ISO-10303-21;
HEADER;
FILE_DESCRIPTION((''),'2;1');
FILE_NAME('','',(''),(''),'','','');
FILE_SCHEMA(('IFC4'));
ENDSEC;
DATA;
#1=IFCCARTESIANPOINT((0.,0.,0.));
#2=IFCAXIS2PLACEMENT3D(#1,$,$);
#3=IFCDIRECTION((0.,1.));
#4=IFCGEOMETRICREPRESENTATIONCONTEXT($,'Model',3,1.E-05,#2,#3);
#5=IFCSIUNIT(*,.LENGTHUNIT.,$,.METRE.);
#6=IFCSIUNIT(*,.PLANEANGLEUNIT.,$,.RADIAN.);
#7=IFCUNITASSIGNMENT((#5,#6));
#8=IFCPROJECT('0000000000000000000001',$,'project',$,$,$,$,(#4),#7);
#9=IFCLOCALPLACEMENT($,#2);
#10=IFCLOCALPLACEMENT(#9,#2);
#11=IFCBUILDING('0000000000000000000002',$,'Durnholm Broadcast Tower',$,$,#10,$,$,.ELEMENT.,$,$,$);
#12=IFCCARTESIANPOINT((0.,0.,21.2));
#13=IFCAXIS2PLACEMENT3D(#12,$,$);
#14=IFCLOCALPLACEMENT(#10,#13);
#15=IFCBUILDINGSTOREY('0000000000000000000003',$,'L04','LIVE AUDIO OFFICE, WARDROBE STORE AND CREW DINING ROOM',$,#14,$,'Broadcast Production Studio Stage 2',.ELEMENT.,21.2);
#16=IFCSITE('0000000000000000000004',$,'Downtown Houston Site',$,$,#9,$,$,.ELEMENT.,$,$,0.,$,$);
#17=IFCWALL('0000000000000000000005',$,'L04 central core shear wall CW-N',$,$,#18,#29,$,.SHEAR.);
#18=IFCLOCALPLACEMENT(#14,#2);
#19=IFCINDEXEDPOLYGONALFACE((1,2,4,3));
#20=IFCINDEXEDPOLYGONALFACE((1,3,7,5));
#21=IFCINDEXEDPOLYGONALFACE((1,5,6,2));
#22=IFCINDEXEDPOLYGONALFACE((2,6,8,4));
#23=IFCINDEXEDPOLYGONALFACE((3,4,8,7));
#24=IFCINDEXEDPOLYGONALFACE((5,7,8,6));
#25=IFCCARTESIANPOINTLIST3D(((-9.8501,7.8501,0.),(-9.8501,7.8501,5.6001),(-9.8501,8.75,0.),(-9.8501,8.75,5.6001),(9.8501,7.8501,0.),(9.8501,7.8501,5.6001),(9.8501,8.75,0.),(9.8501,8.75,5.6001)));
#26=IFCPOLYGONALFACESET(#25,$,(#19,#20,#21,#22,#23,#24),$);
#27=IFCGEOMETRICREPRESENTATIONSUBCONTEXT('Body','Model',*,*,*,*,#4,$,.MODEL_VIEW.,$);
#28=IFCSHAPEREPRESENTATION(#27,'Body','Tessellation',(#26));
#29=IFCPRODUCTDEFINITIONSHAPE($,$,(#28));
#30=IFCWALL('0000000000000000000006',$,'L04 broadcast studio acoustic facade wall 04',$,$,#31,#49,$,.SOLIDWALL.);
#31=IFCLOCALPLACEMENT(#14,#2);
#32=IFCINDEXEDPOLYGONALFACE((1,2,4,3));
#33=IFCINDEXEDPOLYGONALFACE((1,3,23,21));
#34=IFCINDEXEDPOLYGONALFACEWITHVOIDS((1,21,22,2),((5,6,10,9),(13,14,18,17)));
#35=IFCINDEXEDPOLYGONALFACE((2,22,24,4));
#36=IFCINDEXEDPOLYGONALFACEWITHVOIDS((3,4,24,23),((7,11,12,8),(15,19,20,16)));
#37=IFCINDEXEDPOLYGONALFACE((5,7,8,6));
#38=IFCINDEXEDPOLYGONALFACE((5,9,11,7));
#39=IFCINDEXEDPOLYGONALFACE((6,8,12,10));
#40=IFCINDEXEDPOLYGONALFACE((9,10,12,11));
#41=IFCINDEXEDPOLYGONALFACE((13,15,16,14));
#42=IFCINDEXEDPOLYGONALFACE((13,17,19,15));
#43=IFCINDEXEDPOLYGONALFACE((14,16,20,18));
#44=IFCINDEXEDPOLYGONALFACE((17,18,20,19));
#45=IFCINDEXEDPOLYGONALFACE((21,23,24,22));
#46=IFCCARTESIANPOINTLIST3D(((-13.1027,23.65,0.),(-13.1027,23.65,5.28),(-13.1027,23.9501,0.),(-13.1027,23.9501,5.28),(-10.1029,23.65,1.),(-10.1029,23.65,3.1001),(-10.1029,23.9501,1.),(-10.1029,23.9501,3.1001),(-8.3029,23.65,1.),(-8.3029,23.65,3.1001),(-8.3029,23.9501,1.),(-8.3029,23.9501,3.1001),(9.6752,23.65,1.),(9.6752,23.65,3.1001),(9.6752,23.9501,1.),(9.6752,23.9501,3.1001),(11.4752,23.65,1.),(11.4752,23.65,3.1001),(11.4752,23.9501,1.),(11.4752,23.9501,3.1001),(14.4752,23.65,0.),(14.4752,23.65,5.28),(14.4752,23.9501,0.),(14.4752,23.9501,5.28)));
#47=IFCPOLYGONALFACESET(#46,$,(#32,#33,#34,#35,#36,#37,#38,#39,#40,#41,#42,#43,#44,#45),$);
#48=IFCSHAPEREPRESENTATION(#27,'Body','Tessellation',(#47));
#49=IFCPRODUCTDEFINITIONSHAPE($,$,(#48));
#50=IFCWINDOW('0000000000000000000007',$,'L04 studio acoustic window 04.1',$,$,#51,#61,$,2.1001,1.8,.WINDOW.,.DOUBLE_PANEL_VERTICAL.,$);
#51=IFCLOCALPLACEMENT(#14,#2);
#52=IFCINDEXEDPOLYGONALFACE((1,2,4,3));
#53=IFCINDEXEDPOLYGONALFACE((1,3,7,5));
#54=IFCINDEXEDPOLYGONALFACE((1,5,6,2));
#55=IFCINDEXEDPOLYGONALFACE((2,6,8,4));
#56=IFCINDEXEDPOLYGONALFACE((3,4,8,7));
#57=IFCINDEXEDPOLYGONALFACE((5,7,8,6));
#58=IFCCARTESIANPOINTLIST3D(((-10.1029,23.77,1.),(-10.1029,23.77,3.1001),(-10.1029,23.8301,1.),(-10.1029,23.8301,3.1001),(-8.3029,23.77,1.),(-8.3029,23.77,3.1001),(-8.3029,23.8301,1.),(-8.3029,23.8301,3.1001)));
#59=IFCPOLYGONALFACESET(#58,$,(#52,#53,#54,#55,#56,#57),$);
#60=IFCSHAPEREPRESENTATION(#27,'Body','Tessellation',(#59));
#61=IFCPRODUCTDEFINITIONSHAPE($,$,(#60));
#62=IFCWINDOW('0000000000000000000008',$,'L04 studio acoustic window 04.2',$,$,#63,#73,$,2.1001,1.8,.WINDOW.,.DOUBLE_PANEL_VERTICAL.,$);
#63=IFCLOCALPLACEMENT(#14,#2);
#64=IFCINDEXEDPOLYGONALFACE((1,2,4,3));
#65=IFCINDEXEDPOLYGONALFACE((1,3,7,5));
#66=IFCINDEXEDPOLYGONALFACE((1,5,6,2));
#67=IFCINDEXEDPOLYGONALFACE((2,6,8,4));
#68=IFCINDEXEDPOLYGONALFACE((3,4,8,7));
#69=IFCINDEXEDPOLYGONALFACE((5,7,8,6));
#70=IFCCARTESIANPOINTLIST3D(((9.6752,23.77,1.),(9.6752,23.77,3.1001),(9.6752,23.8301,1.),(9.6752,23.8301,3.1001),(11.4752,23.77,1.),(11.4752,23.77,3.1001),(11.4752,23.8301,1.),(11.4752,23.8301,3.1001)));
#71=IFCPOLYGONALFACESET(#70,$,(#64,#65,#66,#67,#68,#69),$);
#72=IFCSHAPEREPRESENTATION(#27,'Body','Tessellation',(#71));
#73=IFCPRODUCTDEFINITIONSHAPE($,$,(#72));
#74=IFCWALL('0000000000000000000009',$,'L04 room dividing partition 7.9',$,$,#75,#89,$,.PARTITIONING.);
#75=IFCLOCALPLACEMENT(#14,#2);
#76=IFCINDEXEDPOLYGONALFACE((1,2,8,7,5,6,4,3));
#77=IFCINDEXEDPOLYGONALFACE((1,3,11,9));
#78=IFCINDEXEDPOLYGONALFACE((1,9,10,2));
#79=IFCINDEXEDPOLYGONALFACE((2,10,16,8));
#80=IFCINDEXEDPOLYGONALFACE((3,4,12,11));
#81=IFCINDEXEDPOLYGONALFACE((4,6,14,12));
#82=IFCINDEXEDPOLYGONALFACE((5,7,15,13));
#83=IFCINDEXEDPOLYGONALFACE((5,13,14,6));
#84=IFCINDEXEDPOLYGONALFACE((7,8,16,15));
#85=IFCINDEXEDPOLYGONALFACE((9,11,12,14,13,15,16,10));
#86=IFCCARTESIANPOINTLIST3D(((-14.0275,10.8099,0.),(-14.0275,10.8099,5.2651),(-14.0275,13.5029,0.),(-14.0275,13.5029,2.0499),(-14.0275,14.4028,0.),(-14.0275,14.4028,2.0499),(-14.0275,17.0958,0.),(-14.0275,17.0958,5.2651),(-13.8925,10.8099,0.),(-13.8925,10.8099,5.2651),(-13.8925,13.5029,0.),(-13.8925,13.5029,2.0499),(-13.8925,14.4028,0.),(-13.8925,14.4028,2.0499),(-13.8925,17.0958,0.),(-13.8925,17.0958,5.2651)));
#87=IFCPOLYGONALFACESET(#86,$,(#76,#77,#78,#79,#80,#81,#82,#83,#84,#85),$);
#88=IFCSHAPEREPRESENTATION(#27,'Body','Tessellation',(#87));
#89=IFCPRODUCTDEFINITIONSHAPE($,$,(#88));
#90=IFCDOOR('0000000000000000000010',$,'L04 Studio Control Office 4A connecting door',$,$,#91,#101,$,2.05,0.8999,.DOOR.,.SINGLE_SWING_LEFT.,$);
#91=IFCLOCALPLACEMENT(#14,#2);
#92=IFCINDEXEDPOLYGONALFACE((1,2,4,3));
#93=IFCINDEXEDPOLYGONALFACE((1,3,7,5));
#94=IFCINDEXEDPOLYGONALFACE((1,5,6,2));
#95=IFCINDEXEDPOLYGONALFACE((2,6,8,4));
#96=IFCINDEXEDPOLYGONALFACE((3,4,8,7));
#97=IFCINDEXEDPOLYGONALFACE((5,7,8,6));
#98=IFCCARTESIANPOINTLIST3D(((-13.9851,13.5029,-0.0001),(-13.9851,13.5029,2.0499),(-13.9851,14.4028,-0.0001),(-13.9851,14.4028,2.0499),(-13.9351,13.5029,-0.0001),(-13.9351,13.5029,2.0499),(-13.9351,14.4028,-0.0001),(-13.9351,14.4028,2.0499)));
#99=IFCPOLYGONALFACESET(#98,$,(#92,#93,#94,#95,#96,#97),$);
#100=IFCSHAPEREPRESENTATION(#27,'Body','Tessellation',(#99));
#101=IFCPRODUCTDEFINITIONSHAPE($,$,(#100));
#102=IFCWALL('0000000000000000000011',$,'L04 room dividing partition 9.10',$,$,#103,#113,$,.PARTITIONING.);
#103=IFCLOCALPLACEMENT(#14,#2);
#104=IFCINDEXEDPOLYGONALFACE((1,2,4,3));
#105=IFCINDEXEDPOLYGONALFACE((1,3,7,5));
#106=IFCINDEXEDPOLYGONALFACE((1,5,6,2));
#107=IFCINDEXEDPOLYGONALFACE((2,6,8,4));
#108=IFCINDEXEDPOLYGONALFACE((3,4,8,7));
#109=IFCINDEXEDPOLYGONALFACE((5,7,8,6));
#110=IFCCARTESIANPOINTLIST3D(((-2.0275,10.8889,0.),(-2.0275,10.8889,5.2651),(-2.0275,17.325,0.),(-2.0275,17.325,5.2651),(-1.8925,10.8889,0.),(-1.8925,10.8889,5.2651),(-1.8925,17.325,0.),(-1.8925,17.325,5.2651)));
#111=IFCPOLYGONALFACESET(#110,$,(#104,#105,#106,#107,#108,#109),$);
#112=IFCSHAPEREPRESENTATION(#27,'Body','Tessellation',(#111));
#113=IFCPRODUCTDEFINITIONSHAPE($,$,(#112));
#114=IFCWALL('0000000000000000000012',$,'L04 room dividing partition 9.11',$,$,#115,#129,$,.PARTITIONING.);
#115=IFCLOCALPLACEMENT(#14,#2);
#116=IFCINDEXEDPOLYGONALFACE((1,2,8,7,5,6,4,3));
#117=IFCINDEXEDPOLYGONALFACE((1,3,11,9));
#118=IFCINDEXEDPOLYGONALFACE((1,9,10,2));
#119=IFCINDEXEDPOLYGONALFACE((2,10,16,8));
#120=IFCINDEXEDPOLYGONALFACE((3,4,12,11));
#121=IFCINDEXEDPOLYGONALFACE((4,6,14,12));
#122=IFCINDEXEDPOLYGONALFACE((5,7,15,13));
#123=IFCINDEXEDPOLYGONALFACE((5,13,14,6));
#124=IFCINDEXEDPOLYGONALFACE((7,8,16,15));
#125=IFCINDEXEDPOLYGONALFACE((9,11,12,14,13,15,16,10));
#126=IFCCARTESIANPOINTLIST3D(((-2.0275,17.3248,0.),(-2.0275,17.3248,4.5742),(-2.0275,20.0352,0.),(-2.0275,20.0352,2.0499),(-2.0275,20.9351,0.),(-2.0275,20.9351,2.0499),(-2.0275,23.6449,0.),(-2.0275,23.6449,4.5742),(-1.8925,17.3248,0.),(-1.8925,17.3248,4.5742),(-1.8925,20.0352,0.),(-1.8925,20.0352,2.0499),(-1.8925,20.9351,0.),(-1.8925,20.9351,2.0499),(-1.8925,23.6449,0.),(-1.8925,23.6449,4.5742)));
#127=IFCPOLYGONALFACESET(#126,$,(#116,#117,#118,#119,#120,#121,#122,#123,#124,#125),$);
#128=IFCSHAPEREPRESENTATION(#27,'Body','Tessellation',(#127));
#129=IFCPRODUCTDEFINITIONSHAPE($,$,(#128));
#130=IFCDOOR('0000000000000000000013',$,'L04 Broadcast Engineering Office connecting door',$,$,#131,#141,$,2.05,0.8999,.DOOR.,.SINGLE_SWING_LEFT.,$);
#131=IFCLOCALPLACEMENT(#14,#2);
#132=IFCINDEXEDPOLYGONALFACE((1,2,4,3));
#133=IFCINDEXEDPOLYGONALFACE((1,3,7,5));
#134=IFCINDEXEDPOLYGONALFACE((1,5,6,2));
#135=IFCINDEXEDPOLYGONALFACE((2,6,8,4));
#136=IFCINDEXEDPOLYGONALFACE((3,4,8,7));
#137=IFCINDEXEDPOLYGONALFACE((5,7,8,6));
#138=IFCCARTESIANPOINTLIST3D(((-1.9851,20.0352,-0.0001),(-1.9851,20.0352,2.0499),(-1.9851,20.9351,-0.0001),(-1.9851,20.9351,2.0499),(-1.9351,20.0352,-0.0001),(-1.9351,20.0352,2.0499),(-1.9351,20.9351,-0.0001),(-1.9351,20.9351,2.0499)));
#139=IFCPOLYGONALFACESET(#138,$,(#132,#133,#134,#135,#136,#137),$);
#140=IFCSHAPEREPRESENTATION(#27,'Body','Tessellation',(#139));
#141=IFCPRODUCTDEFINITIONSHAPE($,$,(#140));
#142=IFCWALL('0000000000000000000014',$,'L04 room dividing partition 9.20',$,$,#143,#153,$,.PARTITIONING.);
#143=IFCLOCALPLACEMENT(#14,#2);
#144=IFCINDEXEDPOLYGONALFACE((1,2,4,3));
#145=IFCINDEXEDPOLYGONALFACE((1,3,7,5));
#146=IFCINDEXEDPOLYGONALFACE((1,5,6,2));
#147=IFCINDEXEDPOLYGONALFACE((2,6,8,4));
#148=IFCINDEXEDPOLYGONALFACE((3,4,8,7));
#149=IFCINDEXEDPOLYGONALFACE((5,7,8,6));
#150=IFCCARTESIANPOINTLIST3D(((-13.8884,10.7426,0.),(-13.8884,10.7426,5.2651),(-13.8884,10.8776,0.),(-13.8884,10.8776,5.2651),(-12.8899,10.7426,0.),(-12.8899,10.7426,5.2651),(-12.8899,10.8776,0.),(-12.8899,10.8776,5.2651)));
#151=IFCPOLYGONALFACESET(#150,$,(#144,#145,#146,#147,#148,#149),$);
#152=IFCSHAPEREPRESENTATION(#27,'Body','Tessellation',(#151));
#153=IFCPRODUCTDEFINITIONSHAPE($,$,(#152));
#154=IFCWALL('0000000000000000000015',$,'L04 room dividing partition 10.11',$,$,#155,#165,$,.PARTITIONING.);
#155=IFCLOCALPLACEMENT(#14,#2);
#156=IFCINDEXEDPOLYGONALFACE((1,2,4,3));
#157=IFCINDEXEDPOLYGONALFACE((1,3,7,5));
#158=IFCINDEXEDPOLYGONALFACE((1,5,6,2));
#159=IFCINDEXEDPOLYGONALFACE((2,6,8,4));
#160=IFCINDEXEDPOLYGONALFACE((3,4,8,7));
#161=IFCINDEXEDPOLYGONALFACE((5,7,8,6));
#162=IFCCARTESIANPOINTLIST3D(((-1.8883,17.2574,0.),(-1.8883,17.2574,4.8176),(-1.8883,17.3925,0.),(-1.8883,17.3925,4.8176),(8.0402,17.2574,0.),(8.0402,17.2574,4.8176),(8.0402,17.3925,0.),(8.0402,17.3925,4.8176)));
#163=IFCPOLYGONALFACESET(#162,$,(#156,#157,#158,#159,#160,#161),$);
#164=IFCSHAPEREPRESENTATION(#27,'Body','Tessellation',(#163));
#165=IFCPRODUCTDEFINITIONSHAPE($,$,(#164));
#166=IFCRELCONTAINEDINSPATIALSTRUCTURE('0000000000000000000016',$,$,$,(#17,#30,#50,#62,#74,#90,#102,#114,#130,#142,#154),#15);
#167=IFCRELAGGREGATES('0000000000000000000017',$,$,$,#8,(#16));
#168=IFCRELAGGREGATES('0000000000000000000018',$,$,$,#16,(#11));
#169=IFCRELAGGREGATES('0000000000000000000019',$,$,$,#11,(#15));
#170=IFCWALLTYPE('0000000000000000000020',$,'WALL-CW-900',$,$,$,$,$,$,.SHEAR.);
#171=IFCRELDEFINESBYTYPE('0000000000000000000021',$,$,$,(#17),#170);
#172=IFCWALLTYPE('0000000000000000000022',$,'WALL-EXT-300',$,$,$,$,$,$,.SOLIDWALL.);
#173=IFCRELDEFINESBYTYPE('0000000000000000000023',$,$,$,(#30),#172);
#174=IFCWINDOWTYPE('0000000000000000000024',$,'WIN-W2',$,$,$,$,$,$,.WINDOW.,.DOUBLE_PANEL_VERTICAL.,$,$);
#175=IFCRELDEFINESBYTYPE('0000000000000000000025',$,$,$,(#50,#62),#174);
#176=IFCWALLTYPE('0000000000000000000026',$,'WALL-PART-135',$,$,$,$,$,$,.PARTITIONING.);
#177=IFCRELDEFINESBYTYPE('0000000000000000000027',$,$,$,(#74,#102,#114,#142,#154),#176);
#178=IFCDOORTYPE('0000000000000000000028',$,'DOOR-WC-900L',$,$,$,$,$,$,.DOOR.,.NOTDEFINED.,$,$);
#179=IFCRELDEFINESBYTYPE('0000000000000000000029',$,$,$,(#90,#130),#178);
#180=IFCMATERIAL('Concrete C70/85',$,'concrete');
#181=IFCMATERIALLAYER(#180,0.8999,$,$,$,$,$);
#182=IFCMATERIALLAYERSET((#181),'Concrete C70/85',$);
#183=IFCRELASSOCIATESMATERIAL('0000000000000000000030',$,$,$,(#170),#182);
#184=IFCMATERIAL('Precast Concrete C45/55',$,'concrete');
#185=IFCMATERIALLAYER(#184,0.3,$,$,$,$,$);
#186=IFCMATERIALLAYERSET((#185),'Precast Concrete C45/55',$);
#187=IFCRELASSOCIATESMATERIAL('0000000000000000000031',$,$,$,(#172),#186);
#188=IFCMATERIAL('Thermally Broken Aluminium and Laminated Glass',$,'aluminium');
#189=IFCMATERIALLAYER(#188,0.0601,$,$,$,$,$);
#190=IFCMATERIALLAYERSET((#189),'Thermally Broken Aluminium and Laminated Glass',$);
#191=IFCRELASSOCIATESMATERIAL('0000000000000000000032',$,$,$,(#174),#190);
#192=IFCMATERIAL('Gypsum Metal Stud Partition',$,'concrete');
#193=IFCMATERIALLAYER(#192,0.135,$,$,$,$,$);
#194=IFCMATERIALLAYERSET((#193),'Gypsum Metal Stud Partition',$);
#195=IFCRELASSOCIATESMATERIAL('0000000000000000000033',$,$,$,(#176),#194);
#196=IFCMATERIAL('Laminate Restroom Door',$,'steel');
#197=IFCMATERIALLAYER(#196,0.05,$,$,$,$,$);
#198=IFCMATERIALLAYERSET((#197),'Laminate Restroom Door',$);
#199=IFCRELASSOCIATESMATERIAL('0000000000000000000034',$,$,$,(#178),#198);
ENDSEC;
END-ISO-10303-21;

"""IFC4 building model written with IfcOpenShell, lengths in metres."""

from ifc_helpers import new_model, si_unit, direction, frame, frame_2d, origin, place, context, subcontext, project, spatial, rectangle, extrude, source, transform, mapped, material, layer, layer_set, type_object, type_shapes, element, fill, save


model = new_model("IFC4")

# Units and contexts
model_context = context("Model", 3, precision=1e-05, world=origin(), true_north=direction((0.0, 1.0)))
body_context = subcontext(model_context, "Body", "Model", "MODEL_VIEW")
ifc_project = project(units=[si_unit("LENGTHUNIT", "METRE"), si_unit("PLANEANGLEUNIT", "RADIAN")], contexts=[model_context])

# Site, building, storey
site_placement = place(None, origin())
site = spatial("IfcSite", under=ifc_project, at=site_placement, Name="Downtown Houston Site", CompositionType="ELEMENT", RefElevation=0.0)
building_placement = place(site_placement, origin())
building = spatial("IfcBuilding", under=site, at=building_placement, Name="Durnholm Broadcast Tower", CompositionType="ELEMENT")
storey_placement = place(building_placement, frame((0.0, 0.0, 21.2)))
storey = spatial("IfcBuildingStorey", under=building, at=storey_placement, Name="L04", Description="LIVE AUDIO OFFICE, WARDROBE STORE AND CREW DINING ROOM", LongName="Broadcast Production Studio Stage 2", CompositionType="ELEMENT", Elevation=21.2)

# Wall
ifc_material_1 = material(Name="Concrete C70/85", Category="concrete")
ifc_layer_1 = layer(ifc_material_1, 0.8999)
ifc_layer_set_1 = layer_set([ifc_layer_1], Name="Concrete C70/85")
wall_type_1 = type_object("IfcWallType", Name="WALL-CW-900", PredefinedType="SHEAR", material=ifc_layer_set_1)
wall_1_placement = place(storey_placement, frame((-9.8501, 8.3, 0.0), z_axis=(0.0, 0.0, 1.0), x_axis=(1.0, 0.0, 0.0)))
element("IfcWall", 1, at=wall_1_placement, inside=storey, type_object=wall_type_1, Name="L04 central core shear wall CW-N", PredefinedType="SHEAR", context=body_context, shape_type="SweptSolid", body=[
    extrude(rectangle(XDim=19.7002, YDim=0.8999, at=frame_2d((9.8501, 0.0))), origin(), (0.0, 0.0, 1.0), 5.6001),
])

# Wall, openings, windows
ifc_material_2 = material(Name="Precast Concrete C45/55", Category="concrete")
ifc_layer_2 = layer(ifc_material_2, 0.3)
ifc_layer_set_2 = layer_set([ifc_layer_2], Name="Precast Concrete C45/55")
wall_type_2 = type_object("IfcWallType", Name="WALL-EXT-300", PredefinedType="SOLIDWALL", material=ifc_layer_set_2)
wall_2_placement = place(storey_placement, frame((-13.1028, 23.8, 0.0), z_axis=(0.0, 0.0, 1.0), x_axis=(1.0, 0.0, 0.0)))
wall_2 = element("IfcWall", 2, at=wall_2_placement, inside=storey, type_object=wall_type_2, Name="L04 broadcast studio acoustic facade wall 04", PredefinedType="SOLIDWALL", context=body_context, shape_type="SweptSolid", body=[
    extrude(rectangle(XDim=27.5779, YDim=0.3, at=frame_2d((13.7891, 0.0))), origin(), (0.0, 0.0, 1.0), 5.28),
])
opening_1_placement = place(wall_2_placement, frame((3.0, 0.0, 1.0)))
opening_1 = element("IfcOpeningElement", 3, at=opening_1_placement, cuts=wall_2, PredefinedType="OPENING", context=body_context, shape_type="SweptSolid", body=[
    extrude(rectangle(XDim=1.8, YDim=2.1001, at=frame_2d((0.8999, 1.05))), frame((0.0, 0.1602, 0.0), z_axis=(0.0, -1.0, 0.0), x_axis=(1.0, 0.0, 0.0)), (0.0, 0.0, 1.0), 0.3201),
])
opening_2_placement = place(wall_2_placement, frame((22.7781, 0.0, 1.0)))
opening_2 = element("IfcOpeningElement", 4, at=opening_2_placement, cuts=wall_2, PredefinedType="OPENING", context=body_context, shape_type="SweptSolid", body=[
    extrude(rectangle(XDim=1.8, YDim=2.1001, at=frame_2d((0.8999, 1.05))), frame((0.0, 0.1602, 0.0), z_axis=(0.0, -1.0, 0.0), x_axis=(1.0, 0.0, 0.0)), (0.0, 0.0, 1.0), 0.3201),
])
ifc_material_3 = material(Name="Thermally Broken Aluminium and Laminated Glass", Category="aluminium")
ifc_layer_3 = layer(ifc_material_3, 0.0601)
ifc_layer_set_3 = layer_set([ifc_layer_3], Name="Thermally Broken Aluminium and Laminated Glass")
window_type = type_object("IfcWindowType", Name="WIN-W2", PartitioningType="DOUBLE_PANEL_VERTICAL", PredefinedType="WINDOW", material=ifc_layer_set_3)
shared_shape_1 = source(origin(), body_context, "Body", "SweptSolid", [
    extrude(rectangle(XDim=1.8, YDim=2.1001, at=frame_2d((0.8999, 1.05))), frame((0.0, 0.03, 0.0), z_axis=(0.0, -1.0, 0.0), x_axis=(1.0, 0.0, 0.0)), (0.0, 0.0, 1.0), 0.0601),
])
type_shapes(window_type, [shared_shape_1])
window_1_placement = place(opening_1_placement, origin())
window_1 = element("IfcWindow", 5, at=window_1_placement, inside=storey, type_object=window_type, Name="L04 studio acoustic window 04.1", OverallHeight=2.1001, OverallWidth=1.8, PartitioningType="DOUBLE_PANEL_VERTICAL", PredefinedType="WINDOW", context=body_context, shape_type="MappedRepresentation", body=[
    mapped(shared_shape_1, transform((0.0, 0.0, 0.0), x_axis=(1.0, 0.0, 0.0), y_axis=(0.0, 1.0, 0.0), z_axis=(0.0, 0.0, 1.0), scale=1.0)),
])
fill(opening_1, window_1)
window_2_placement = place(opening_2_placement, origin())
window_2 = element("IfcWindow", 6, at=window_2_placement, inside=storey, type_object=window_type, Name="L04 studio acoustic window 04.2", OverallHeight=2.1001, OverallWidth=1.8, PartitioningType="DOUBLE_PANEL_VERTICAL", PredefinedType="WINDOW", context=body_context, shape_type="MappedRepresentation", body=[
    mapped(shared_shape_1, transform((0.0, 0.0, 0.0), x_axis=(1.0, 0.0, 0.0), y_axis=(0.0, 1.0, 0.0), z_axis=(0.0, 0.0, 1.0), scale=1.0)),
])
fill(opening_2, window_2)

# Wall, opening, door
ifc_material_4 = material(Name="Gypsum Metal Stud Partition", Category="concrete")
ifc_layer_4 = layer(ifc_material_4, 0.135)
ifc_layer_set_4 = layer_set([ifc_layer_4], Name="Gypsum Metal Stud Partition")
wall_type_3 = type_object("IfcWallType", Name="WALL-PART-135", PredefinedType="PARTITIONING", material=ifc_layer_set_4)
wall_3_placement = place(storey_placement, frame((-13.96, 17.0959, 0.0), z_axis=(0.0, 0.0, 1.0), x_axis=(0.0, -1.0, 0.0)))
wall_3 = element("IfcWall", 7, at=wall_3_placement, inside=storey, type_object=wall_type_3, Name="L04 room dividing partition 7.9", PredefinedType="PARTITIONING", context=body_context, shape_type="SweptSolid", body=[
    extrude(rectangle(XDim=6.2859, YDim=0.135, at=frame_2d((3.1431, 0.0))), origin(), (0.0, 0.0, 1.0), 5.2651),
])
opening_3_placement = place(wall_3_placement, frame((2.6931, 0.0, 0.0)))
opening_3 = element("IfcOpeningElement", 8, at=opening_3_placement, cuts=wall_3, PredefinedType="OPENING", context=body_context, shape_type="SweptSolid", body=[
    extrude(rectangle(XDim=0.8999, YDim=2.05, at=frame_2d((0.45, 1.0249))), frame((0.0, 0.0776, 0.0), z_axis=(0.0, -1.0, 0.0), x_axis=(1.0, 0.0, 0.0)), (0.0, 0.0, 1.0), 0.155),
])
ifc_material_5 = material(Name="Laminate Restroom Door", Category="steel")
ifc_layer_5 = layer(ifc_material_5, 0.05)
ifc_layer_set_5 = layer_set([ifc_layer_5], Name="Laminate Restroom Door")
door_type_1 = type_object("IfcDoorType", Name="DOOR-WC-900L", OperationType="NOTDEFINED", PredefinedType="DOOR", material=ifc_layer_set_5)
shared_shape_2 = source(origin(), body_context, "Body", "SweptSolid", [
    extrude(rectangle(XDim=0.8999, YDim=2.05, at=frame_2d((0.45, 1.0249))), frame((0.0, 0.0249, 0.0), z_axis=(0.0, -1.0, 0.0), x_axis=(1.0, 0.0, 0.0)), (0.0, 0.0, 1.0), 0.05),
])
type_shapes(door_type_1, [shared_shape_2])
door_1_placement = place(opening_3_placement, origin())
door_1 = element("IfcDoor", 9, at=door_1_placement, inside=storey, type_object=door_type_1, Name="L04 Studio Control Office 4A connecting door", OperationType="SINGLE_SWING_LEFT", OverallHeight=2.05, OverallWidth=0.8999, PredefinedType="DOOR", context=body_context, shape_type="MappedRepresentation", body=[
    mapped(shared_shape_2, transform((0.0, 0.0, 0.0), x_axis=(1.0, 0.0, 0.0), y_axis=(0.0, 1.0, 0.0), z_axis=(0.0, 0.0, 1.0), scale=1.0)),
])
fill(opening_3, door_1)

# Wall
wall_4_placement = place(storey_placement, frame((-1.96, 17.325, 0.0), z_axis=(0.0, 0.0, 1.0), x_axis=(0.0, -1.0, 0.0)))
element("IfcWall", 10, at=wall_4_placement, inside=storey, type_object=wall_type_3, Name="L04 room dividing partition 9.10", PredefinedType="PARTITIONING", context=body_context, shape_type="SweptSolid", body=[
    extrude(rectangle(XDim=6.436, YDim=0.135, at=frame_2d((3.218, 0.0))), origin(), (0.0, 0.0, 1.0), 5.2651),
])

# Wall, opening, door
wall_5_placement = place(storey_placement, frame((-1.96, 23.645, 0.0), z_axis=(0.0, 0.0, 1.0), x_axis=(0.0, -1.0, 0.0)))
wall_5 = element("IfcWall", 11, at=wall_5_placement, inside=storey, type_object=wall_type_3, Name="L04 room dividing partition 9.11", PredefinedType="PARTITIONING", context=body_context, shape_type="SweptSolid", body=[
    extrude(rectangle(XDim=6.3201, YDim=0.135, at=frame_2d((3.1602, 0.0))), origin(), (0.0, 0.0, 1.0), 4.5742),
])
opening_4_placement = place(wall_5_placement, frame((2.71, 0.0, 0.0)))
opening_4 = element("IfcOpeningElement", 12, at=opening_4_placement, cuts=wall_5, PredefinedType="OPENING", context=body_context, shape_type="SweptSolid", body=[
    extrude(rectangle(XDim=0.8999, YDim=2.05, at=frame_2d((0.45, 1.0249))), frame((0.0, 0.0776, 0.0), z_axis=(0.0, -1.0, 0.0), x_axis=(1.0, 0.0, 0.0)), (0.0, 0.0, 1.0), 0.155),
])
door_2_placement = place(opening_4_placement, origin())
door_2 = element("IfcDoor", 13, at=door_2_placement, inside=storey, type_object=door_type_1, Name="L04 Broadcast Engineering Office connecting door", OperationType="SINGLE_SWING_LEFT", OverallHeight=2.05, OverallWidth=0.8999, PredefinedType="DOOR", context=body_context, shape_type="MappedRepresentation", body=[
    mapped(shared_shape_2, transform((0.0, 0.0, 0.0), x_axis=(1.0, 0.0, 0.0), y_axis=(0.0, 1.0, 0.0), z_axis=(0.0, 0.0, 1.0), scale=1.0)),
])
fill(opening_4, door_2)

# Walls
wall_6_placement = place(storey_placement, frame((-12.8899, 10.8101, 0.0), z_axis=(0.0, 0.0, 1.0), x_axis=(-1.0, 0.0, 0.0)))
element("IfcWall", 14, at=wall_6_placement, inside=storey, type_object=wall_type_3, Name="L04 room dividing partition 9.20", PredefinedType="PARTITIONING", context=body_context, shape_type="SweptSolid", body=[
    extrude(rectangle(XDim=0.9985, YDim=0.135, at=frame_2d((0.4993, 0.0))), origin(), (0.0, 0.0, 1.0), 5.2651),
])
wall_7_placement = place(storey_placement, frame((-1.8884, 17.325, 0.0), z_axis=(0.0, 0.0, 1.0), x_axis=(1.0, 0.0, 0.0)))
element("IfcWall", 15, at=wall_7_placement, inside=storey, type_object=wall_type_3, Name="L04 room dividing partition 10.11", PredefinedType="PARTITIONING", context=body_context, shape_type="SweptSolid", body=[
    extrude(rectangle(XDim=9.9285, YDim=0.135, at=frame_2d((4.9644, 0.0))), origin(), (0.0, 0.0, 1.0), 4.8176),
])

save(model, "model.ifc")
